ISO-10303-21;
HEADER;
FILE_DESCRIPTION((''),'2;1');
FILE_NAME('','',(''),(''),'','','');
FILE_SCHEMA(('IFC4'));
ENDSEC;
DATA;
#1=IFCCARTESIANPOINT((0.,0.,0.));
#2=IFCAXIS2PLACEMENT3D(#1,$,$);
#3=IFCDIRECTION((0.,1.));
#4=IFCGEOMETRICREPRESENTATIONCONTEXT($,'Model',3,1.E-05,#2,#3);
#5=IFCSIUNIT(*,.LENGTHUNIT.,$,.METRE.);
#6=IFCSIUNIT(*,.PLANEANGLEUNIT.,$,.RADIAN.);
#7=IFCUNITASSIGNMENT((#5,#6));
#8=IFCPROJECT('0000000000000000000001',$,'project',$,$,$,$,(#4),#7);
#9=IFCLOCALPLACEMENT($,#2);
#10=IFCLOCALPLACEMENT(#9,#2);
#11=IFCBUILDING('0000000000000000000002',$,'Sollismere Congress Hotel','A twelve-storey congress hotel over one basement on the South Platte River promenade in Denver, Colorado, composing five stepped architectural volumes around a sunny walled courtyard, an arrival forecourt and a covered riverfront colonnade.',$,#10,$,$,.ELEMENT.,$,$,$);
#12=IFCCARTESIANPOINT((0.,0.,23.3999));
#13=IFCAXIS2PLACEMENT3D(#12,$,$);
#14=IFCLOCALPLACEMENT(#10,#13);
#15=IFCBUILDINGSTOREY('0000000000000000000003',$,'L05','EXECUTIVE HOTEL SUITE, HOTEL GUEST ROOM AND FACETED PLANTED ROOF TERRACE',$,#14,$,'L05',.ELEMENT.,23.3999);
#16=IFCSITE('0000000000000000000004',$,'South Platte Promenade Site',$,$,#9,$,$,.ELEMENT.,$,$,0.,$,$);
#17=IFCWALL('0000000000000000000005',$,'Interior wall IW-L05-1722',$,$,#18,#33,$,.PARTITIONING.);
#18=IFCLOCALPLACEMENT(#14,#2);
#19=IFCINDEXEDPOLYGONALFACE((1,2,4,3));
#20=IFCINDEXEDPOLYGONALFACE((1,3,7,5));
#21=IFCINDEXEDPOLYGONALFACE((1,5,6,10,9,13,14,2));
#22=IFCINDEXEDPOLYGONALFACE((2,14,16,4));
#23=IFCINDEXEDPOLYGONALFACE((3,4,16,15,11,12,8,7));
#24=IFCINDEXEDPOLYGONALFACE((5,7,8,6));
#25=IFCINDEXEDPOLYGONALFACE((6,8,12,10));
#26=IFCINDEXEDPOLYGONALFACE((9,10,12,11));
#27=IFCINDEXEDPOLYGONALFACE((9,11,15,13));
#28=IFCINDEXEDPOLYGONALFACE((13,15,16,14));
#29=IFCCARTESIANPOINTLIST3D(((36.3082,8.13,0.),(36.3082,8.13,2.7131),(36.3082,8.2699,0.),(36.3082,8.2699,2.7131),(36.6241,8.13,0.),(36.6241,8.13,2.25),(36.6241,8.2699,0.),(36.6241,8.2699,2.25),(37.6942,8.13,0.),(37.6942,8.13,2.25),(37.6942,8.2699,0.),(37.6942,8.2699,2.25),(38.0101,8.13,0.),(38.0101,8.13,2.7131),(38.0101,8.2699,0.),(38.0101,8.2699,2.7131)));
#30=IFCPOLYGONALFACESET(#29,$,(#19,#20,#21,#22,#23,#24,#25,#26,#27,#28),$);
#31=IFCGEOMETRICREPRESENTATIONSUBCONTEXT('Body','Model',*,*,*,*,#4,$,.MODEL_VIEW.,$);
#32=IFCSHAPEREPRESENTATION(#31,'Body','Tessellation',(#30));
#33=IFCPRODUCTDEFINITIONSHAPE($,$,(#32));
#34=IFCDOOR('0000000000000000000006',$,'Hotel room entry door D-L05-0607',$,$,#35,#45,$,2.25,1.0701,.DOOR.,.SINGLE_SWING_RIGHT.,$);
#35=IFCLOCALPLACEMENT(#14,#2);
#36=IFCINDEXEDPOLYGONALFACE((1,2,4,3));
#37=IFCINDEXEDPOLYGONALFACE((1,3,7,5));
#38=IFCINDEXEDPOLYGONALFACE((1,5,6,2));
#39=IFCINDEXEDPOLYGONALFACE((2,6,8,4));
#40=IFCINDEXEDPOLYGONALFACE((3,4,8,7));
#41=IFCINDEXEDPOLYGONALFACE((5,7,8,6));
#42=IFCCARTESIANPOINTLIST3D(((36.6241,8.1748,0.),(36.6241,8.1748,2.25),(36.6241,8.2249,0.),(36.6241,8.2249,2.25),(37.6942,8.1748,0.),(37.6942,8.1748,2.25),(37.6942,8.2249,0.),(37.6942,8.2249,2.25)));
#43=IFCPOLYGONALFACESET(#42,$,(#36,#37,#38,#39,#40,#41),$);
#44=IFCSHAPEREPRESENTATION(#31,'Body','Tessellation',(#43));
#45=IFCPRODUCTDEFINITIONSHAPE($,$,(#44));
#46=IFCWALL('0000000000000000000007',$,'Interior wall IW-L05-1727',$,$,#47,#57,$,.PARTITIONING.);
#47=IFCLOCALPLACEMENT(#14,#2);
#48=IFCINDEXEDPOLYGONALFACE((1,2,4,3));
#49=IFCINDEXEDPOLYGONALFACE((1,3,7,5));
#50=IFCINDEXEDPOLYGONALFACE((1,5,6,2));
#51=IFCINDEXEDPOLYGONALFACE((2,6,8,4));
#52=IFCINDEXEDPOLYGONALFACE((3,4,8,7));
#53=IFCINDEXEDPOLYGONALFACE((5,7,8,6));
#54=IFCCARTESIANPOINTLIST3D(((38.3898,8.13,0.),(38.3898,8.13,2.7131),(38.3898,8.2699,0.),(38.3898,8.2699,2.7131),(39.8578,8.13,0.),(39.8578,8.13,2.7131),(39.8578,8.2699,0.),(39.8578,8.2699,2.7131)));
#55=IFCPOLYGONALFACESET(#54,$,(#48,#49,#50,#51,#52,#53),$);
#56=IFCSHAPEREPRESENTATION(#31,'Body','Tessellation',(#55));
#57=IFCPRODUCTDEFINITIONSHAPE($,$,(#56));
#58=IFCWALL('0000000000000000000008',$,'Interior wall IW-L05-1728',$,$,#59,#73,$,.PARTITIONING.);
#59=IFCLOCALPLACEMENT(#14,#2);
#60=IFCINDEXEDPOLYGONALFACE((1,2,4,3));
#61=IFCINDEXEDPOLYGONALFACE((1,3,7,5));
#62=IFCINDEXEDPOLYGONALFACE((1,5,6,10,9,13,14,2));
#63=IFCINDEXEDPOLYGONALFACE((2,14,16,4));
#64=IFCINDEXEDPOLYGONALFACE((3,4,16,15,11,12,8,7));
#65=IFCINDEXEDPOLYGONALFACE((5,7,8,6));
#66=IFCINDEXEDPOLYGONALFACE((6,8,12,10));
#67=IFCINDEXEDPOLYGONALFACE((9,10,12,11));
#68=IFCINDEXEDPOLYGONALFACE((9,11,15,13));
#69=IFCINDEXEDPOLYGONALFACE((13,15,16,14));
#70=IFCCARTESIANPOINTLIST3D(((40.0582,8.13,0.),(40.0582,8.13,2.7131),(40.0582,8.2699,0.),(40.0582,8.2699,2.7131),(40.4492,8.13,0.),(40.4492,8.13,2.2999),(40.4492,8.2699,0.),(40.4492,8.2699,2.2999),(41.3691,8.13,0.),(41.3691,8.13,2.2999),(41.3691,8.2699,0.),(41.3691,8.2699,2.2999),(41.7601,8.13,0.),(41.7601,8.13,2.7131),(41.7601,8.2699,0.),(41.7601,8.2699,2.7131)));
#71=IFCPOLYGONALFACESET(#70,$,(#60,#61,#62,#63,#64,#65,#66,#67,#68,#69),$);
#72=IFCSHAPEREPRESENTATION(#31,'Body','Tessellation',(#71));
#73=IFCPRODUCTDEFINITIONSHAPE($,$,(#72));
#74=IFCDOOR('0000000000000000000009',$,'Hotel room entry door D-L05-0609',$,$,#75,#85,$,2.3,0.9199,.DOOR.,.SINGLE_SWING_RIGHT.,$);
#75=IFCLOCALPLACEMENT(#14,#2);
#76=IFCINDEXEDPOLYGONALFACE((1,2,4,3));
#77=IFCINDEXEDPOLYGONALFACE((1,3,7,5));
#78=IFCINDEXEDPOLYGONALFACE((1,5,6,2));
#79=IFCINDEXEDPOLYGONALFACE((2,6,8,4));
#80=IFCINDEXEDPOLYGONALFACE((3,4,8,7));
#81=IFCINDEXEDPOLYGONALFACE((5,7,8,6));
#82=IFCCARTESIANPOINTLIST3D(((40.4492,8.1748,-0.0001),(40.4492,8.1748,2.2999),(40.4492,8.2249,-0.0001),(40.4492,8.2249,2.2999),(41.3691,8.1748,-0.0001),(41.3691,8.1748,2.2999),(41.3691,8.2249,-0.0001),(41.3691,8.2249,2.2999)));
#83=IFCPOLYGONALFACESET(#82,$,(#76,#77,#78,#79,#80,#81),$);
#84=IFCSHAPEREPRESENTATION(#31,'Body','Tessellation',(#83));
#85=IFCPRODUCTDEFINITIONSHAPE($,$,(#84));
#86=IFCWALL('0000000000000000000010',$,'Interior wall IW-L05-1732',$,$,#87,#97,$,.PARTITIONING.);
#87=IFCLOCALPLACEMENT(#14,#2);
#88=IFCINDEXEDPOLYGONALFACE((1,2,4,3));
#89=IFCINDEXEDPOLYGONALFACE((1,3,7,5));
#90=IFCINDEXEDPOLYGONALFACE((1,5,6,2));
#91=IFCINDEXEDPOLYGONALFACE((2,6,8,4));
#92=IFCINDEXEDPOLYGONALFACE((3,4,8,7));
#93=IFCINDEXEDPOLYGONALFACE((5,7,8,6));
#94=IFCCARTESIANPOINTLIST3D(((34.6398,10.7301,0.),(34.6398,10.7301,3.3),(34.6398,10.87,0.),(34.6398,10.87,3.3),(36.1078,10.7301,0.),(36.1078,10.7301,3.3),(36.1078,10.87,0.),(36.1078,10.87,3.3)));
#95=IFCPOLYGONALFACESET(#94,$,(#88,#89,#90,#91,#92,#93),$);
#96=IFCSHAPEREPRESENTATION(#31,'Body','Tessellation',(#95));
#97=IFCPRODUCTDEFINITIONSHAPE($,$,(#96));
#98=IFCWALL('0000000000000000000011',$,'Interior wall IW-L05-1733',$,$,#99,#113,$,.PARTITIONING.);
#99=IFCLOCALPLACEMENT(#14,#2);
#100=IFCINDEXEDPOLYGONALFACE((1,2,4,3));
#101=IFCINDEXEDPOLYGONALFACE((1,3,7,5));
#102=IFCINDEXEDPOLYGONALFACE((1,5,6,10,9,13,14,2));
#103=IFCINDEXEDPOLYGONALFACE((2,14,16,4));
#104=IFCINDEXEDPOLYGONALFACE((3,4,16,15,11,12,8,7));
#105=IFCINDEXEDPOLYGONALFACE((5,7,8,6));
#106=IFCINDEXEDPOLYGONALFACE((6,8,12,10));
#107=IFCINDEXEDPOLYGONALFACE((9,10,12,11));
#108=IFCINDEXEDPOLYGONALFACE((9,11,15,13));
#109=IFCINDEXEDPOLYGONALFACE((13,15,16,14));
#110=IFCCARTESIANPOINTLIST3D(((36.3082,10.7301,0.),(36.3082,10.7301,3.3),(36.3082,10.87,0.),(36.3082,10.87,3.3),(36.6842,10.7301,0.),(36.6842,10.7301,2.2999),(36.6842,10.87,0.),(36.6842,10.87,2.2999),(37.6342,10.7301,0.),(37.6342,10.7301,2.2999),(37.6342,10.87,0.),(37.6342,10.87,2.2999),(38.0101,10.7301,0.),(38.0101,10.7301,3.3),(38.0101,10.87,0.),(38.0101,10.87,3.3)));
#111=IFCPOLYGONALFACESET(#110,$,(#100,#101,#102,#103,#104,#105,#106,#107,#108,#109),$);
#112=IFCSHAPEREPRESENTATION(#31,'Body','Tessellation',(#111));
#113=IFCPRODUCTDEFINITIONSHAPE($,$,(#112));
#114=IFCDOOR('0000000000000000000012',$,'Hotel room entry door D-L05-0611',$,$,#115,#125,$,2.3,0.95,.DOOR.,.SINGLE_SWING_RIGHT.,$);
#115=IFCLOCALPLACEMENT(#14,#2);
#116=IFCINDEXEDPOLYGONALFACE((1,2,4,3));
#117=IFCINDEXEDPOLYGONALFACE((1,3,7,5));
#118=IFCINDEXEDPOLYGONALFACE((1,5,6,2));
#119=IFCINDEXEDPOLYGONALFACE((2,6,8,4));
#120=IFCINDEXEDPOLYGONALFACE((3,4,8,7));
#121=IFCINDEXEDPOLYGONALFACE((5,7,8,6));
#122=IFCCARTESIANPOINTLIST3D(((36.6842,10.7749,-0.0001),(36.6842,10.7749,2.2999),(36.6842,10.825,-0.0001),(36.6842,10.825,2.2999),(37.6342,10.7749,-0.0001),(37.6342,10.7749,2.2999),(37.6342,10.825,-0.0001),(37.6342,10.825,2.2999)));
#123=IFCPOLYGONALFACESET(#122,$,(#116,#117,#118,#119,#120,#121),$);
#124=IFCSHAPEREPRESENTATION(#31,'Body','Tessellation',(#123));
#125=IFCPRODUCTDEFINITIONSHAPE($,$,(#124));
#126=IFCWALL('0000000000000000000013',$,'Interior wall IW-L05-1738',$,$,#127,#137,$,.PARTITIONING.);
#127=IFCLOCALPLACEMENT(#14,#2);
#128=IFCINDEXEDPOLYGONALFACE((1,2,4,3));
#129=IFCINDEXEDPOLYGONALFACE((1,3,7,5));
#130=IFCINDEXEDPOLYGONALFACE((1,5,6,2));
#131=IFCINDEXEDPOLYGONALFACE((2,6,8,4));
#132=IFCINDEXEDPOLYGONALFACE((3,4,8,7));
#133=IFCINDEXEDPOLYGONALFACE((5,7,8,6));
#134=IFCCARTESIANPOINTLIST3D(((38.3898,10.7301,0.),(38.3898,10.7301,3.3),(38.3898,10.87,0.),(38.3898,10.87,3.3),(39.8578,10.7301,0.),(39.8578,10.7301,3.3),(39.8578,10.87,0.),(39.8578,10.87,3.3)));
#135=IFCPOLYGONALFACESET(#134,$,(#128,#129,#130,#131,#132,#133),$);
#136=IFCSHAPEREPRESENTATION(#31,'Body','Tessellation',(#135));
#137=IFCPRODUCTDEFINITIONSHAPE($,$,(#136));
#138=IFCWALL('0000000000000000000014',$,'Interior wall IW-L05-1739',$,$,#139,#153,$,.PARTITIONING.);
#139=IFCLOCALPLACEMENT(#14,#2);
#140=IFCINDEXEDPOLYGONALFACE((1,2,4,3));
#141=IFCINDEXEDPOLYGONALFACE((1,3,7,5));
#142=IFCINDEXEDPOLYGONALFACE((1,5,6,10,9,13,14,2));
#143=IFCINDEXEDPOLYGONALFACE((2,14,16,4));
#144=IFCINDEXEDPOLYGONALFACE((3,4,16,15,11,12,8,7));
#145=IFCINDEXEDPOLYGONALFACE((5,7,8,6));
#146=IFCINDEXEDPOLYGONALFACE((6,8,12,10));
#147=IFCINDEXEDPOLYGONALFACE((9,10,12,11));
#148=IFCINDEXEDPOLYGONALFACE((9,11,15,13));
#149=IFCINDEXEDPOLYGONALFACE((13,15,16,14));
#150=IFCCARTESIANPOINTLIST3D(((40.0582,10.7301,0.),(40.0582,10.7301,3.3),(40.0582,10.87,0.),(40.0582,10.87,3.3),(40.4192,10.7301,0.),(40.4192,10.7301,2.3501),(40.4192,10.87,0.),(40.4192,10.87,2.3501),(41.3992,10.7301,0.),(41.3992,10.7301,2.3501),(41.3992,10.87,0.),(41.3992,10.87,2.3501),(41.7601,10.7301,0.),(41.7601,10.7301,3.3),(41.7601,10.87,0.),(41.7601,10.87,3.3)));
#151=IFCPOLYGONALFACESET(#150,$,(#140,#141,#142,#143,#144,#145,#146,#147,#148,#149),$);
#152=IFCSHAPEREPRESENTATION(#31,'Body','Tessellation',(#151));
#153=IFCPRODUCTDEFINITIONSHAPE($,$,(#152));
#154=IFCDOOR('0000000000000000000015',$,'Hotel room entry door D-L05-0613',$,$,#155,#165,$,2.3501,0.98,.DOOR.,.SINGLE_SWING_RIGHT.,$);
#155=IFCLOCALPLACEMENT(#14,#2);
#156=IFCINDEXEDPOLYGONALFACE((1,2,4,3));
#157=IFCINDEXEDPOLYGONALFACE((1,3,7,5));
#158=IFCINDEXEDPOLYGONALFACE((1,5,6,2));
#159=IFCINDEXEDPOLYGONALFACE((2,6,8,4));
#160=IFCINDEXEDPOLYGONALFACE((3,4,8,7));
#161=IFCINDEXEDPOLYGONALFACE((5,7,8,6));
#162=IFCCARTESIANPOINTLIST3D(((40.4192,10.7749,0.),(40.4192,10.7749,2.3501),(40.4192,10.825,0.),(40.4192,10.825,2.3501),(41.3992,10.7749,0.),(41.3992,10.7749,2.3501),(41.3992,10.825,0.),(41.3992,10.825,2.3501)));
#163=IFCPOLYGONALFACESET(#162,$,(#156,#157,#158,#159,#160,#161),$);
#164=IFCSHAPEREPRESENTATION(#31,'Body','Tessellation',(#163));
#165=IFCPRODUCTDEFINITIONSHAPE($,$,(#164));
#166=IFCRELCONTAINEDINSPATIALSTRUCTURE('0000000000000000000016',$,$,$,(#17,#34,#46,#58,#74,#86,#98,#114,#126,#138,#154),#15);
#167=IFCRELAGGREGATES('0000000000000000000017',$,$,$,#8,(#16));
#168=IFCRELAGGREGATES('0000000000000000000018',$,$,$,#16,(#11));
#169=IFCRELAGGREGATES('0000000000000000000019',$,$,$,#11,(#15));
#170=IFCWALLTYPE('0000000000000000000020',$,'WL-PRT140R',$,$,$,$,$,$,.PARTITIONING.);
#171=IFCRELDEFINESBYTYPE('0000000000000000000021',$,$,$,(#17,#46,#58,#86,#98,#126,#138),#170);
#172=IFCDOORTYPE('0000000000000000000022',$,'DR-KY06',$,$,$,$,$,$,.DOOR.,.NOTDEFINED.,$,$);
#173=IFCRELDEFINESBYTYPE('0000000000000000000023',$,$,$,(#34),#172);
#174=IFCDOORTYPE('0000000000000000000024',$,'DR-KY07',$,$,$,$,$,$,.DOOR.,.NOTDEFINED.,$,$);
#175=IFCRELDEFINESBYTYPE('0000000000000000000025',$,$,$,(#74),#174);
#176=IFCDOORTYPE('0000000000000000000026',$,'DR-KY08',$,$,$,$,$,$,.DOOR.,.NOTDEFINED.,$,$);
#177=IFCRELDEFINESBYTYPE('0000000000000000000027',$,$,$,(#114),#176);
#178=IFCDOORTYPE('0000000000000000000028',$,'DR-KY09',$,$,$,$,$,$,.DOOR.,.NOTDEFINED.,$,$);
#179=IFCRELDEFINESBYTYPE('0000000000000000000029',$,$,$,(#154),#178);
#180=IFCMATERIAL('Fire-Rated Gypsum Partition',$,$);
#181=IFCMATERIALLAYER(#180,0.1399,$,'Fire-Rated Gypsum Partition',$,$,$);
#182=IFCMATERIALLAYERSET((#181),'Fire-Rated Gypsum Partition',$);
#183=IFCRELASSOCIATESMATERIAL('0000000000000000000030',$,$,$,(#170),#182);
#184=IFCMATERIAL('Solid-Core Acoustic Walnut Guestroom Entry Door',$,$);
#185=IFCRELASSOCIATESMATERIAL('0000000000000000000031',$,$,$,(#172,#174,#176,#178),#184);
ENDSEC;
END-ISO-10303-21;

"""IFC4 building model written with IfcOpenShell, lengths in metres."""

from ifc_helpers import new_model, si_unit, direction, frame, frame_2d, origin, place, context, subcontext, project, spatial, rectangle, extrude, material, layer, layer_set, type_object, element, fill, save


model = new_model("IFC4")

# Units and contexts
model_context = context("Model", 3, precision=1e-05, world=origin(), true_north=direction((0.0, 1.0)))
body_context = subcontext(model_context, "Body", "Model", "MODEL_VIEW")
ifc_project = project(units=[si_unit("LENGTHUNIT", "METRE"), si_unit("PLANEANGLEUNIT", "RADIAN")], contexts=[model_context])

# Site, building, storey
site_placement = place(None, origin())
site = spatial("IfcSite", under=ifc_project, at=site_placement, Name="South Platte Promenade Site", CompositionType="ELEMENT", RefElevation=0.0)
building_placement = place(site_placement, origin())
building = spatial("IfcBuilding", under=site, at=building_placement, Name="Sollismere Congress Hotel", Description="A twelve-storey congress hotel over one basement on the South Platte River promenade in Denver, Colorado, composing five stepped architectural volumes around a sunny walled courtyard, an arrival forecourt and a covered riverfront colonnade.", CompositionType="ELEMENT")
storey_placement = place(building_placement, frame((0.0, 0.0, 23.3999)))
storey = spatial("IfcBuildingStorey", under=building, at=storey_placement, Name="L05", Description="EXECUTIVE HOTEL SUITE, HOTEL GUEST ROOM AND FACETED PLANTED ROOF TERRACE", LongName="L05", CompositionType="ELEMENT", Elevation=23.3999)

# Shared definitions
ifc_material_1 = material(Name="Fire-Rated Gypsum Partition")
ifc_layer_1 = layer(ifc_material_1, 0.1399, Name="Fire-Rated Gypsum Partition")
ifc_layer_set_1 = layer_set([ifc_layer_1], Name="Fire-Rated Gypsum Partition")
wall_type_1 = type_object("IfcWallType", Name="WL-PRT140R", PredefinedType="PARTITIONING", material=ifc_layer_set_1)

# Wall, opening, door
wall_1_placement = place(storey_placement, frame((36.3081, 8.2, 0.0), z_axis=(0.0, 0.0, 1.0), x_axis=(1.0, 0.0, 0.0)))
wall_1 = element("IfcWall", 1, at=wall_1_placement, inside=storey, type_object=wall_type_1, Name="Interior wall IW-L05-1722", PredefinedType="PARTITIONING", context=body_context, shape_type="SweptSolid", body=[
    extrude(rectangle(XDim=1.7019, YDim=0.1399, at=frame_2d((0.8511, 0.0))), origin(), (0.0, 0.0, 1.0), 2.7131),
])
opening_1_placement = place(wall_1_placement, frame((0.3159, 0.0, 0.0)))
opening_1 = element("IfcOpeningElement", 2, at=opening_1_placement, cuts=wall_1, PredefinedType="OPENING", context=body_context, shape_type="SweptSolid", body=[
    extrude(rectangle(XDim=1.0701, YDim=2.25, at=frame_2d((0.5352, 1.125))), frame((0.0, 0.0798, 0.0), z_axis=(0.0, -1.0, 0.0), x_axis=(1.0, 0.0, 0.0)), (0.0, 0.0, 1.0), 0.1599),
])
ifc_material_2 = material(Name="Solid-Core Acoustic Walnut Guestroom Entry Door")
door_type_1 = type_object("IfcDoorType", Name="DR-KY06", OperationType="NOTDEFINED", PredefinedType="DOOR", material=ifc_material_2)
door_1_placement = place(opening_1_placement, origin())
door_1 = element("IfcDoor", 3, at=door_1_placement, inside=storey, type_object=door_type_1, Name="Hotel room entry door D-L05-0607", OperationType="SINGLE_SWING_RIGHT", OverallHeight=2.25, OverallWidth=1.0701, PredefinedType="DOOR", context=body_context, shape_type="SweptSolid", body=[
    extrude(rectangle(XDim=1.0701, YDim=2.25, at=frame_2d((0.5352, 1.125))), frame((0.0, 0.0249, 0.0), z_axis=(0.0, -1.0, 0.0), x_axis=(1.0, 0.0, 0.0)), (0.0, 0.0, 1.0), 0.05),
])
fill(opening_1, door_1)

# Wall
wall_2_placement = place(storey_placement, frame((38.3899, 8.2, 0.0), z_axis=(0.0, 0.0, 1.0), x_axis=(1.0, 0.0, 0.0)))
element("IfcWall", 4, at=wall_2_placement, inside=storey, type_object=wall_type_1, Name="Interior wall IW-L05-1727", PredefinedType="PARTITIONING", context=body_context, shape_type="SweptSolid", body=[
    extrude(rectangle(XDim=1.468, YDim=0.1399, at=frame_2d((0.7339, 0.0))), origin(), (0.0, 0.0, 1.0), 2.7131),
])

# Wall, opening, door
wall_3_placement = place(storey_placement, frame((40.0581, 8.2, 0.0), z_axis=(0.0, 0.0, 1.0), x_axis=(1.0, 0.0, 0.0)))
wall_3 = element("IfcWall", 5, at=wall_3_placement, inside=storey, type_object=wall_type_1, Name="Interior wall IW-L05-1728", PredefinedType="PARTITIONING", context=body_context, shape_type="SweptSolid", body=[
    extrude(rectangle(XDim=1.7019, YDim=0.1399, at=frame_2d((0.8511, 0.0))), origin(), (0.0, 0.0, 1.0), 2.7131),
])
opening_2_placement = place(wall_3_placement, frame((0.3911, 0.0, 0.0)))
opening_2 = element("IfcOpeningElement", 6, at=opening_2_placement, cuts=wall_3, PredefinedType="OPENING", context=body_context, shape_type="SweptSolid", body=[
    extrude(rectangle(XDim=0.9199, YDim=2.3, at=frame_2d((0.46, 1.1499))), frame((0.0, 0.0798, 0.0), z_axis=(0.0, -1.0, 0.0), x_axis=(1.0, 0.0, 0.0)), (0.0, 0.0, 1.0), 0.1599),
])
door_type_2 = type_object("IfcDoorType", Name="DR-KY07", OperationType="NOTDEFINED", PredefinedType="DOOR", material=ifc_material_2)
door_2_placement = place(opening_2_placement, origin())
door_2 = element("IfcDoor", 7, at=door_2_placement, inside=storey, type_object=door_type_2, Name="Hotel room entry door D-L05-0609", OperationType="SINGLE_SWING_RIGHT", OverallHeight=2.3, OverallWidth=0.9199, PredefinedType="DOOR", context=body_context, shape_type="SweptSolid", body=[
    extrude(rectangle(XDim=0.9199, YDim=2.3, at=frame_2d((0.46, 1.1499))), frame((0.0, 0.0249, 0.0), z_axis=(0.0, -1.0, 0.0), x_axis=(1.0, 0.0, 0.0)), (0.0, 0.0, 1.0), 0.05),
])
fill(opening_2, door_2)

# Wall
wall_4_placement = place(storey_placement, frame((34.6399, 10.8, 0.0), z_axis=(0.0, 0.0, 1.0), x_axis=(1.0, 0.0, 0.0)))
element("IfcWall", 8, at=wall_4_placement, inside=storey, type_object=wall_type_1, Name="Interior wall IW-L05-1732", PredefinedType="PARTITIONING", context=body_context, shape_type="SweptSolid", body=[
    extrude(rectangle(XDim=1.468, YDim=0.1399, at=frame_2d((0.7339, 0.0))), origin(), (0.0, 0.0, 1.0), 3.3),
])

# Wall, opening, door
wall_5_placement = place(storey_placement, frame((36.3081, 10.8, 0.0), z_axis=(0.0, 0.0, 1.0), x_axis=(1.0, 0.0, 0.0)))
wall_5 = element("IfcWall", 9, at=wall_5_placement, inside=storey, type_object=wall_type_1, Name="Interior wall IW-L05-1733", PredefinedType="PARTITIONING", context=body_context, shape_type="SweptSolid", body=[
    extrude(rectangle(XDim=1.7019, YDim=0.1399, at=frame_2d((0.8511, 0.0))), origin(), (0.0, 0.0, 1.0), 3.3),
])
opening_3_placement = place(wall_5_placement, frame((0.376, 0.0, 0.0)))
opening_3 = element("IfcOpeningElement", 10, at=opening_3_placement, cuts=wall_5, PredefinedType="OPENING", context=body_context, shape_type="SweptSolid", body=[
    extrude(rectangle(XDim=0.95, YDim=2.3, at=frame_2d((0.4751, 1.1499))), frame((0.0, 0.0798, 0.0), z_axis=(0.0, -1.0, 0.0), x_axis=(1.0, 0.0, 0.0)), (0.0, 0.0, 1.0), 0.1599),
])
door_type_3 = type_object("IfcDoorType", Name="DR-KY08", OperationType="NOTDEFINED", PredefinedType="DOOR", material=ifc_material_2)
door_3_placement = place(opening_3_placement, origin())
door_3 = element("IfcDoor", 11, at=door_3_placement, inside=storey, type_object=door_type_3, Name="Hotel room entry door D-L05-0611", OperationType="SINGLE_SWING_RIGHT", OverallHeight=2.3, OverallWidth=0.95, PredefinedType="DOOR", context=body_context, shape_type="SweptSolid", body=[
    extrude(rectangle(XDim=0.95, YDim=2.3, at=frame_2d((0.4751, 1.1499))), frame((0.0, 0.0249, 0.0), z_axis=(0.0, -1.0, 0.0), x_axis=(1.0, 0.0, 0.0)), (0.0, 0.0, 1.0), 0.05),
])
fill(opening_3, door_3)

# Wall
wall_6_placement = place(storey_placement, frame((38.3899, 10.8, 0.0), z_axis=(0.0, 0.0, 1.0), x_axis=(1.0, 0.0, 0.0)))
element("IfcWall", 12, at=wall_6_placement, inside=storey, type_object=wall_type_1, Name="Interior wall IW-L05-1738", PredefinedType="PARTITIONING", context=body_context, shape_type="SweptSolid", body=[
    extrude(rectangle(XDim=1.468, YDim=0.1399, at=frame_2d((0.7339, 0.0))), origin(), (0.0, 0.0, 1.0), 3.3),
])

# Wall, opening, door
wall_7_placement = place(storey_placement, frame((40.0581, 10.8, 0.0), z_axis=(0.0, 0.0, 1.0), x_axis=(1.0, 0.0, 0.0)))
wall_7 = element("IfcWall", 13, at=wall_7_placement, inside=storey, type_object=wall_type_1, Name="Interior wall IW-L05-1739", PredefinedType="PARTITIONING", context=body_context, shape_type="SweptSolid", body=[
    extrude(rectangle(XDim=1.7019, YDim=0.1399, at=frame_2d((0.8511, 0.0))), origin(), (0.0, 0.0, 1.0), 3.3),
])
opening_4_placement = place(wall_7_placement, frame((0.3611, 0.0, 0.0)))
opening_4 = element("IfcOpeningElement", 14, at=opening_4_placement, cuts=wall_7, PredefinedType="OPENING", context=body_context, shape_type="SweptSolid", body=[
    extrude(rectangle(XDim=0.98, YDim=2.3501, at=frame_2d((0.49, 1.175))), frame((0.0, 0.0798, 0.0), z_axis=(0.0, -1.0, 0.0), x_axis=(1.0, 0.0, 0.0)), (0.0, 0.0, 1.0), 0.1599),
])
door_type_4 = type_object("IfcDoorType", Name="DR-KY09", OperationType="NOTDEFINED", PredefinedType="DOOR", material=ifc_material_2)
door_4_placement = place(opening_4_placement, origin())
door_4 = element("IfcDoor", 15, at=door_4_placement, inside=storey, type_object=door_type_4, Name="Hotel room entry door D-L05-0613", OperationType="SINGLE_SWING_RIGHT", OverallHeight=2.3501, OverallWidth=0.98, PredefinedType="DOOR", context=body_context, shape_type="SweptSolid", body=[
    extrude(rectangle(XDim=0.98, YDim=2.3501, at=frame_2d((0.49, 1.175))), frame((0.0, 0.0249, 0.0), z_axis=(0.0, -1.0, 0.0), x_axis=(1.0, 0.0, 0.0)), (0.0, 0.0, 1.0), 0.05),
])
fill(opening_4, door_4)

save(model, "model.ifc")
